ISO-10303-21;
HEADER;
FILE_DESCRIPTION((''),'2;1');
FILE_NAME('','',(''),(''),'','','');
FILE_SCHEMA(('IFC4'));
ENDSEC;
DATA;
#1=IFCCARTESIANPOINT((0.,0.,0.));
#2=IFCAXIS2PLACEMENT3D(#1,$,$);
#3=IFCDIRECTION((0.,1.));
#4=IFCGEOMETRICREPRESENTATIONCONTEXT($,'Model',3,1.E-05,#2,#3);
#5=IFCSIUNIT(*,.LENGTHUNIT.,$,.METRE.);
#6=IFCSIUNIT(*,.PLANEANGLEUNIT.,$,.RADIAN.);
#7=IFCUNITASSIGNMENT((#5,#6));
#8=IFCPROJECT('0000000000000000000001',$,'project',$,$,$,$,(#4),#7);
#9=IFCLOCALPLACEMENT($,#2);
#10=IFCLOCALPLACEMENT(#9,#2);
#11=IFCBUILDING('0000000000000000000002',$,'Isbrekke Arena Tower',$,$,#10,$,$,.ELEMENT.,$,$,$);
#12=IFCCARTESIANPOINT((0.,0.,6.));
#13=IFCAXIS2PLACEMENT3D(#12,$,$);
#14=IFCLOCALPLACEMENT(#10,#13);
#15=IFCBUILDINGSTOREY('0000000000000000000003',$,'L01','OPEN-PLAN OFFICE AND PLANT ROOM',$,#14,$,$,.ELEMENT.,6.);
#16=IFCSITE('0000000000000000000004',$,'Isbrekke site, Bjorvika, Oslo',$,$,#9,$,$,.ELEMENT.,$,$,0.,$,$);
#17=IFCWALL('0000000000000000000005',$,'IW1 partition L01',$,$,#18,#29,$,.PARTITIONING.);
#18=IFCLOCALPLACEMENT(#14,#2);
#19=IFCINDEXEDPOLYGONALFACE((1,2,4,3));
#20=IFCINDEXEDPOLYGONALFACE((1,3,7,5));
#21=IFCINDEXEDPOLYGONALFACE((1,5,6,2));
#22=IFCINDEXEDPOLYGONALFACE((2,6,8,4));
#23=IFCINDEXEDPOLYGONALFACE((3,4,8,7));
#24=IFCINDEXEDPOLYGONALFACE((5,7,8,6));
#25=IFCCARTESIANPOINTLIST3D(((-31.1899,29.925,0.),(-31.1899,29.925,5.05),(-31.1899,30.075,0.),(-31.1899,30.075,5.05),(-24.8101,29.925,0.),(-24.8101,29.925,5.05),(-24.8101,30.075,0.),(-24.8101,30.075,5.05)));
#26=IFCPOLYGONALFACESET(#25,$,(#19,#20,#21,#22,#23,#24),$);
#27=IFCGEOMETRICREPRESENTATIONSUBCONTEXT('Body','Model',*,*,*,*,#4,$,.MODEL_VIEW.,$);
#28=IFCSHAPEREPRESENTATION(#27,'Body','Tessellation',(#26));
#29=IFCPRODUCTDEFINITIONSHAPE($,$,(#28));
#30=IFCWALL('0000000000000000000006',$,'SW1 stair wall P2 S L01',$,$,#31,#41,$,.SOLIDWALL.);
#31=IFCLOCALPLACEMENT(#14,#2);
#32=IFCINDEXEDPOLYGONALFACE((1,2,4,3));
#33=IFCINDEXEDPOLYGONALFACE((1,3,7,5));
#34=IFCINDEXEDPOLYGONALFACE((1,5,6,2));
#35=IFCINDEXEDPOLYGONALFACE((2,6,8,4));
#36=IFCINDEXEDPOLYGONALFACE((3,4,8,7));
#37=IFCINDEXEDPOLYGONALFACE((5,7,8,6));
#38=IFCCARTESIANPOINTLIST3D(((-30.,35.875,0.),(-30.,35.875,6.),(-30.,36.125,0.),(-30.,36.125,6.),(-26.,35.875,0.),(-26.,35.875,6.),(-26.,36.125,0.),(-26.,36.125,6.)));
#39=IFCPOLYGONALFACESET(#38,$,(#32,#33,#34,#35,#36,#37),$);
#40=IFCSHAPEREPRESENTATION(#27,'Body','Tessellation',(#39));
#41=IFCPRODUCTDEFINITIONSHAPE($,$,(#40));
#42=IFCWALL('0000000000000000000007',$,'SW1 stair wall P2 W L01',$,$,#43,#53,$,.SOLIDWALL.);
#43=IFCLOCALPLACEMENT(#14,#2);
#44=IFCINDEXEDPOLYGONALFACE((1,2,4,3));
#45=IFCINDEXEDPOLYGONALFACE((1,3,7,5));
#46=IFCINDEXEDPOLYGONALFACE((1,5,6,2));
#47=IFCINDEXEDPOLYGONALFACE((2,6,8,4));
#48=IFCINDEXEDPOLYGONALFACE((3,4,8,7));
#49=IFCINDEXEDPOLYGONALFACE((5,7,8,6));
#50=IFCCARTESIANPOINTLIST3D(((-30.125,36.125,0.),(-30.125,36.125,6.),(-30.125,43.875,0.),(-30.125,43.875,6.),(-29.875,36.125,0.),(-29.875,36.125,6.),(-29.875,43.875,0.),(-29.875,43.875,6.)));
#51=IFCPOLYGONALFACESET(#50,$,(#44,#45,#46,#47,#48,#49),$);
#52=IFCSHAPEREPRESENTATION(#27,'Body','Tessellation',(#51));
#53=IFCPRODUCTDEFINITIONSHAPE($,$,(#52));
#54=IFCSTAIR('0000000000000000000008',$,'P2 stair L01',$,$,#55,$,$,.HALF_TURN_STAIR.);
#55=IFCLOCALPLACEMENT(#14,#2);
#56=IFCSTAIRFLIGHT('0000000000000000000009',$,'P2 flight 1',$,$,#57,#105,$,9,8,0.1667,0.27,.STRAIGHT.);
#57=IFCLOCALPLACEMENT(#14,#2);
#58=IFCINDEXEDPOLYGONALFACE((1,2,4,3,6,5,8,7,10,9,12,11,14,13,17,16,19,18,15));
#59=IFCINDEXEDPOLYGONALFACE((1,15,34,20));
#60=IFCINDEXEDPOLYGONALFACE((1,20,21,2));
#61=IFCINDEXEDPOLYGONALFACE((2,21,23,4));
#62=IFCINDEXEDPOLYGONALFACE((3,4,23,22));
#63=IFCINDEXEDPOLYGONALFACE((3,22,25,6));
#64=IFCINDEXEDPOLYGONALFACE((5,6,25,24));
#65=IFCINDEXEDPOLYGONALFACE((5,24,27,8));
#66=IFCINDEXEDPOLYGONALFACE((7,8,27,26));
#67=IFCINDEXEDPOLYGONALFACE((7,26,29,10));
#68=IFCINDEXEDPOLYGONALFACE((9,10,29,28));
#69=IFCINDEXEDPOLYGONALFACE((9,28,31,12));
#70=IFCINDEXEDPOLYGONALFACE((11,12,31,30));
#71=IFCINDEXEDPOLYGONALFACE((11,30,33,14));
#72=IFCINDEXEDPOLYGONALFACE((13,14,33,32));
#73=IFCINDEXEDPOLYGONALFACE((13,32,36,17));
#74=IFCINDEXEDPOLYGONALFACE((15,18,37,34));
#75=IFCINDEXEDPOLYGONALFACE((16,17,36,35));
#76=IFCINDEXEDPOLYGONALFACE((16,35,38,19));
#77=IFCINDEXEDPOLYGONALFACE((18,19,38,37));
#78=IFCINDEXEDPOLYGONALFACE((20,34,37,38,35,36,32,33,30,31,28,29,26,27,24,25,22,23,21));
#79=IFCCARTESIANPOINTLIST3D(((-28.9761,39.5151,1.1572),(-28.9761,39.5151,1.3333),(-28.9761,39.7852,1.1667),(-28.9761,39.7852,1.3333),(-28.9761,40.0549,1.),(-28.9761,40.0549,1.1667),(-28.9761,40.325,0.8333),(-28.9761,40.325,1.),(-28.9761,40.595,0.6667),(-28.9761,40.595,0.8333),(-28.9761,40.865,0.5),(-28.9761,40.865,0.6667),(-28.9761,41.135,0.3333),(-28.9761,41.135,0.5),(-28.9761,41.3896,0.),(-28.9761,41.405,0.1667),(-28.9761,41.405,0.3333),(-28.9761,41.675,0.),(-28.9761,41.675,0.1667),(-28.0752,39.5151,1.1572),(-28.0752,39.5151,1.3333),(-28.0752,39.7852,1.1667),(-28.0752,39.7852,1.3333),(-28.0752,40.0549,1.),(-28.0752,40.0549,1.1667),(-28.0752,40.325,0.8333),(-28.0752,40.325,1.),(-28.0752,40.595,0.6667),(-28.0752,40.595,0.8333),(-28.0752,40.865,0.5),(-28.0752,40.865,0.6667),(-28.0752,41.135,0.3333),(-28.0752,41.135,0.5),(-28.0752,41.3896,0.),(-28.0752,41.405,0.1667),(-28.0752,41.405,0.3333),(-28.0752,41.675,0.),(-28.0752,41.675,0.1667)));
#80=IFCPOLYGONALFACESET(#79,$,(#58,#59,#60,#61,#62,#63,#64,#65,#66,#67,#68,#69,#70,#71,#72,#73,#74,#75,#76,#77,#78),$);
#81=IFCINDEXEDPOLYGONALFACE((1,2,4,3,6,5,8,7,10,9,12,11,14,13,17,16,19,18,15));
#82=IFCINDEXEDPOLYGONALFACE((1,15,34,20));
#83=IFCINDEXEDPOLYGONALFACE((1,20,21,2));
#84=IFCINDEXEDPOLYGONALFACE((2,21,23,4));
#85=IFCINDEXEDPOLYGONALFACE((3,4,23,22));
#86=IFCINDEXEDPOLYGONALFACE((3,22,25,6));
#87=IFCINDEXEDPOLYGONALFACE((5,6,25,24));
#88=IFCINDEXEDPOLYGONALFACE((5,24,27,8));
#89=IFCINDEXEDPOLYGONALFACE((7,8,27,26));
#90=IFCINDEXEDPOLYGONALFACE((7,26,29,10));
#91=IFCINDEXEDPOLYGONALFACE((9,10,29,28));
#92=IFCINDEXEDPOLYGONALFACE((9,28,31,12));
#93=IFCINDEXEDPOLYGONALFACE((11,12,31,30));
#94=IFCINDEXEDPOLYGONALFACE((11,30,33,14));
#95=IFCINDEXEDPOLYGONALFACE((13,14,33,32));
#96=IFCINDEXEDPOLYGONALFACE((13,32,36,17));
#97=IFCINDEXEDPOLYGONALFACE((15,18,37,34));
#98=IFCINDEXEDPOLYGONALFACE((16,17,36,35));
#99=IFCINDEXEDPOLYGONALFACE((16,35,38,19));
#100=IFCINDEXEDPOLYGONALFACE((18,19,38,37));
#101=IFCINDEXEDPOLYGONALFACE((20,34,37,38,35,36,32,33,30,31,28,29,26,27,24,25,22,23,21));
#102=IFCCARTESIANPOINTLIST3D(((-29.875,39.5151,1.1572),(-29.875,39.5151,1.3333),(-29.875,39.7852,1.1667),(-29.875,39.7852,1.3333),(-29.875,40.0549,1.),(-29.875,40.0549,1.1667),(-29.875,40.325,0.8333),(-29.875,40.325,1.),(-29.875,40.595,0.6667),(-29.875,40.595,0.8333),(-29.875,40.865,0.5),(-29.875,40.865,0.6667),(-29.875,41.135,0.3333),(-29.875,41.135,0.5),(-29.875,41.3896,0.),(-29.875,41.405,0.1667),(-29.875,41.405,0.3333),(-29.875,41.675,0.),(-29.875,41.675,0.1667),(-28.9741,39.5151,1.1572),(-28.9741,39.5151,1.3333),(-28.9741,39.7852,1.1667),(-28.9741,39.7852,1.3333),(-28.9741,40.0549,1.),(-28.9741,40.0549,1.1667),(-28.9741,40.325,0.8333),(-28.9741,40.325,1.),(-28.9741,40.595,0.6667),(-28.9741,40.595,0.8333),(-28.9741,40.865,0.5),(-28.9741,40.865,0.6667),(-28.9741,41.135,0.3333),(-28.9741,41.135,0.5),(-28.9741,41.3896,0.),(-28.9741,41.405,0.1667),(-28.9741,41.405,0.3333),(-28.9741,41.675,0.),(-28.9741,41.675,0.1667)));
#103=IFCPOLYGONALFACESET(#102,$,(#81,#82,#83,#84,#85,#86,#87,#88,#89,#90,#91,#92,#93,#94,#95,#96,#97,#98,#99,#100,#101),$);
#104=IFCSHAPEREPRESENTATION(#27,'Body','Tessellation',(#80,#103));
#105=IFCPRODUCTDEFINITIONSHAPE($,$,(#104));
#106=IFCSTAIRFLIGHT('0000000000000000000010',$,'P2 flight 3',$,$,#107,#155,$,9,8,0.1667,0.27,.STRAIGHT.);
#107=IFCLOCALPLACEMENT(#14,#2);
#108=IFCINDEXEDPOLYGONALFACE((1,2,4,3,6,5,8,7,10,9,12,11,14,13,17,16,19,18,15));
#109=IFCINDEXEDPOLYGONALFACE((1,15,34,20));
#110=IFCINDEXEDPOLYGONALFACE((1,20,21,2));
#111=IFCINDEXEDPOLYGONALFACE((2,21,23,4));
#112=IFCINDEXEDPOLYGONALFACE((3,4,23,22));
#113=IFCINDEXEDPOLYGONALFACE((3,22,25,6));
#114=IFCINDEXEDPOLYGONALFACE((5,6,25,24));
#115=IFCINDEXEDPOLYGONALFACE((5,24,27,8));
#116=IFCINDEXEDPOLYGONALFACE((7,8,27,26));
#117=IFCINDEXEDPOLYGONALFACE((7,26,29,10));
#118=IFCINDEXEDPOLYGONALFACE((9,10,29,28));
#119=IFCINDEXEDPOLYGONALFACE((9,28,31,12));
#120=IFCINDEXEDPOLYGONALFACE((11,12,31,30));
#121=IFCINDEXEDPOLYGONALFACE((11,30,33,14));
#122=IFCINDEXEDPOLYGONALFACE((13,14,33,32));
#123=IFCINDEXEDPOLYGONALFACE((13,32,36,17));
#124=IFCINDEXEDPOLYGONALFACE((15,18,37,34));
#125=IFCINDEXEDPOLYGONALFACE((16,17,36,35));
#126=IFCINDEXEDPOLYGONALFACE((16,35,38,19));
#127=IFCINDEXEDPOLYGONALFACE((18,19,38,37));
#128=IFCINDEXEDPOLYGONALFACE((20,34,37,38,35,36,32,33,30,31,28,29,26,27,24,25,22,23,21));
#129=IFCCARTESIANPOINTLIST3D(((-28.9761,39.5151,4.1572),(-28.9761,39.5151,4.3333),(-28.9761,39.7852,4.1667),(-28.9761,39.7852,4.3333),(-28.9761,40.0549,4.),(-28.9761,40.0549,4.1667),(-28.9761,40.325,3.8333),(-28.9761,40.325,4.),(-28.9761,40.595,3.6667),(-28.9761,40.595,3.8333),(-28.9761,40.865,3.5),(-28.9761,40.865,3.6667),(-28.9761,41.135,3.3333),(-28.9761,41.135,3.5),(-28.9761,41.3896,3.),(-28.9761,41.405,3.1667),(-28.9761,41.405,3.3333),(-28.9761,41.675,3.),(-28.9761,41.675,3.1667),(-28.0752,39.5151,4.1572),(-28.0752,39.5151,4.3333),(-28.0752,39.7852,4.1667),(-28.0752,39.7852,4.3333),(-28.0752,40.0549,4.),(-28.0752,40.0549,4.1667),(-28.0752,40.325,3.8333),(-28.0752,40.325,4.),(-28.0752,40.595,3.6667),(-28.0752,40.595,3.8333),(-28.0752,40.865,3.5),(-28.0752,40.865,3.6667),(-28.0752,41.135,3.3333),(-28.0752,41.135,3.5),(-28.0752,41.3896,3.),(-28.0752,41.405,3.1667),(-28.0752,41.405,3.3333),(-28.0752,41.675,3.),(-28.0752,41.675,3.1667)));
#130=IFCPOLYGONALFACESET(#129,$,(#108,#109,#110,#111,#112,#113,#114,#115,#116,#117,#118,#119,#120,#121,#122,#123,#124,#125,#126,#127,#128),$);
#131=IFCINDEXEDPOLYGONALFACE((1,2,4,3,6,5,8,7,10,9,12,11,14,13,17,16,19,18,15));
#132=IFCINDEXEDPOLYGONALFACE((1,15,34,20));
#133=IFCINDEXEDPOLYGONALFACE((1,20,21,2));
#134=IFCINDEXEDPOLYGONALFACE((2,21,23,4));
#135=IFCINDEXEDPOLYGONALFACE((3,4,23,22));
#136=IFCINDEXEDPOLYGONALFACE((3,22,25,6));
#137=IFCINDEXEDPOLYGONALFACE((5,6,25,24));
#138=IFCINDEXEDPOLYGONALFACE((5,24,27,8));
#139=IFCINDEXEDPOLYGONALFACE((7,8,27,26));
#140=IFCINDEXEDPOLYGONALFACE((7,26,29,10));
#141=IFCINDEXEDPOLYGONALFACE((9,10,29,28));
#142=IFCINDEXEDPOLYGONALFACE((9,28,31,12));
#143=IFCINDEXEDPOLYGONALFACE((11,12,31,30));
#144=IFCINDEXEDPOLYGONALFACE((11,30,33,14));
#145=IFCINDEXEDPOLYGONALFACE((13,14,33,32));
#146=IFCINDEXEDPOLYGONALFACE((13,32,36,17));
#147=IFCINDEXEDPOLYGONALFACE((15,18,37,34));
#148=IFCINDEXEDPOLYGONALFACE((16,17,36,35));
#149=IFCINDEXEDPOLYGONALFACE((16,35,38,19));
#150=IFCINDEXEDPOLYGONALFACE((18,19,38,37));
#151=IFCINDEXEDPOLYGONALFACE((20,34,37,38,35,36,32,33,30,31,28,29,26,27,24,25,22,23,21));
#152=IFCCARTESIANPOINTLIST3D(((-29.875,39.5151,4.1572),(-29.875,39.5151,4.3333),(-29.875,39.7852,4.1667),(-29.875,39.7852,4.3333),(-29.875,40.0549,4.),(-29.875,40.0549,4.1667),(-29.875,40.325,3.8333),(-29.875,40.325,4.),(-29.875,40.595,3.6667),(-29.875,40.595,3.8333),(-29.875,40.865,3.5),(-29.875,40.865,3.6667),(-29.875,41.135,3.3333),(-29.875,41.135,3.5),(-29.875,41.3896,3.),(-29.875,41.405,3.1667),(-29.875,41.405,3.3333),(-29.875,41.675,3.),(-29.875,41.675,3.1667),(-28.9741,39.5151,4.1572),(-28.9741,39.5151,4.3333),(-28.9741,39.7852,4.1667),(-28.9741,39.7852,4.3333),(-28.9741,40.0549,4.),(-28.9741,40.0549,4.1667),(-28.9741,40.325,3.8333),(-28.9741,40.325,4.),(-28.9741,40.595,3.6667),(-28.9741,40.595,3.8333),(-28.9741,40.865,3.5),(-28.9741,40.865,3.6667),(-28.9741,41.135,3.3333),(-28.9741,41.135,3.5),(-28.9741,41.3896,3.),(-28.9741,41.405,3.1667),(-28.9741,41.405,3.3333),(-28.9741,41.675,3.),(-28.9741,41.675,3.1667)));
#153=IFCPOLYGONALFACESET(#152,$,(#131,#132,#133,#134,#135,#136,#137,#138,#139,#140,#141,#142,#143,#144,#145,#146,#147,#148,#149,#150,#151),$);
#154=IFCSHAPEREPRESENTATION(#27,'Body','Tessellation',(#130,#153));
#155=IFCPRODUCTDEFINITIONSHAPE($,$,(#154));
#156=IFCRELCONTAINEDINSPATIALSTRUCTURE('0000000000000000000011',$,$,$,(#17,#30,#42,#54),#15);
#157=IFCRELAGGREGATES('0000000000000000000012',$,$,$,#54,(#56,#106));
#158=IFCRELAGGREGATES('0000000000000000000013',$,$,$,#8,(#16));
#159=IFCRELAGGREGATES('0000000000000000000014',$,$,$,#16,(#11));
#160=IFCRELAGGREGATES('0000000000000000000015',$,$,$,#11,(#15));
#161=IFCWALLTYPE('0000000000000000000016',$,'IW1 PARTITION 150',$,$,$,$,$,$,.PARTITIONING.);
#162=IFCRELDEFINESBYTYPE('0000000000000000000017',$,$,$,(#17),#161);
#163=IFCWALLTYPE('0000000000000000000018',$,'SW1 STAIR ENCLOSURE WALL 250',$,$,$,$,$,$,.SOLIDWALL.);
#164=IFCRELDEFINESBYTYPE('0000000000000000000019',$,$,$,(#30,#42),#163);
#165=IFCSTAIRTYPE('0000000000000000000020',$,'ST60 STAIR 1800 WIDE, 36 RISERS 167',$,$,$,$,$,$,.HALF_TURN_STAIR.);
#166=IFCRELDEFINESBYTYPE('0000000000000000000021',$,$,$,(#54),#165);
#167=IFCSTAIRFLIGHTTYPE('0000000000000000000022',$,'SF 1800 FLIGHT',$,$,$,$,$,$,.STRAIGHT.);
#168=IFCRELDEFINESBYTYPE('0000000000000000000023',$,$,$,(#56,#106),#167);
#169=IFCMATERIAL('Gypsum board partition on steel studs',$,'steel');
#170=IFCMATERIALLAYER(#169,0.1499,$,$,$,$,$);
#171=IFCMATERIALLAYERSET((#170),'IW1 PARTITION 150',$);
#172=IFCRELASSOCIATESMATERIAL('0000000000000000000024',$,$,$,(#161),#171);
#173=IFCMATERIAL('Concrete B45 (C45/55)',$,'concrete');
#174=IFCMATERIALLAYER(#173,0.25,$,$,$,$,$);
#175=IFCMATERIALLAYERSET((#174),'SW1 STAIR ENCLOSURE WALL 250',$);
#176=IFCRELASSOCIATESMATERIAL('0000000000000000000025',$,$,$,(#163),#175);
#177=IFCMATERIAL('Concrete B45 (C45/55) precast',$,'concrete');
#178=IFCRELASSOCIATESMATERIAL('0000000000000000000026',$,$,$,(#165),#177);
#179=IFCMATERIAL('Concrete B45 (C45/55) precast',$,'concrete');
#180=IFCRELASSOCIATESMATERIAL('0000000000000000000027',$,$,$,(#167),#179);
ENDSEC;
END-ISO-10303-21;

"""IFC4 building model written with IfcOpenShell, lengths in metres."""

from ifc_helpers import new_model, si_unit, direction, frame, frame_2d, origin, place, context, subcontext, project, spatial, polyline, rectangle, outline, extrude, material, layer, layer_set, type_object, element, aggregate, save


model = new_model("IFC4")

# Units and contexts
model_context = context("Model", 3, precision=1e-05, world=origin(), true_north=direction((0.0, 1.0)))
body_context = subcontext(model_context, "Body", "Model", "MODEL_VIEW")
ifc_project = project(units=[si_unit("LENGTHUNIT", "METRE"), si_unit("PLANEANGLEUNIT", "RADIAN")], contexts=[model_context])

# Site, building, storey
site_placement = place(None, origin())
site = spatial("IfcSite", under=ifc_project, at=site_placement, Name="Isbrekke site, Bjorvika, Oslo", CompositionType="ELEMENT", RefElevation=0.0)
building_placement = place(site_placement, origin())
building = spatial("IfcBuilding", under=site, at=building_placement, Name="Isbrekke Arena Tower", CompositionType="ELEMENT")
storey_placement = place(building_placement, frame((0.0, 0.0, 6.0)))
storey = spatial("IfcBuildingStorey", under=building, at=storey_placement, Name="L01", Description="OPEN-PLAN OFFICE AND PLANT ROOM", CompositionType="ELEMENT", Elevation=6.0)

# Shared definitions
ifc_material_1 = material(Name="Gypsum board partition on steel studs", Category="steel")
ifc_layer_1 = layer(ifc_material_1, 0.1499)
ifc_layer_set_1 = layer_set([ifc_layer_1], Name="IW1 PARTITION 150")
wall_type_1 = type_object("IfcWallType", Name="IW1 PARTITION 150", PredefinedType="PARTITIONING", material=ifc_layer_set_1)

# Walls
wall_1_placement = place(storey_placement, frame((-31.1899, 30.0, 0.0), z_axis=(0.0, 0.0, 1.0), x_axis=(1.0, 0.0, 0.0)))
element("IfcWall", 1, at=wall_1_placement, inside=storey, type_object=wall_type_1, Name="IW1 partition L01", PredefinedType="PARTITIONING", context=body_context, shape_type="SweptSolid", body=[
    extrude(rectangle(XDim=6.3799, YDim=0.1499, at=frame_2d((3.1899, 0.0))), origin(), (0.0, 0.0, 1.0), 5.05),
])
ifc_material_2 = material(Name="Concrete B45 (C45/55)", Category="concrete")
ifc_layer_2 = layer(ifc_material_2, 0.25)
ifc_layer_set_2 = layer_set([ifc_layer_2], Name="SW1 STAIR ENCLOSURE WALL 250")
wall_type_2 = type_object("IfcWallType", Name="SW1 STAIR ENCLOSURE WALL 250", PredefinedType="SOLIDWALL", material=ifc_layer_set_2)
wall_2_placement = place(storey_placement, frame((-30.0, 36.0, 0.0), z_axis=(0.0, 0.0, 1.0), x_axis=(1.0, 0.0, 0.0)))
element("IfcWall", 2, at=wall_2_placement, inside=storey, type_object=wall_type_2, Name="SW1 stair wall P2 S L01", PredefinedType="SOLIDWALL", context=body_context, shape_type="SweptSolid", body=[
    extrude(rectangle(XDim=4.0, YDim=0.25, at=frame_2d((2.0, 0.0))), origin(), (0.0, 0.0, 1.0), 6.0),
])
wall_3_placement = place(storey_placement, frame((-30.0, 43.875, 0.0), z_axis=(0.0, 0.0, 1.0), x_axis=(0.0, -1.0, 0.0)))
element("IfcWall", 3, at=wall_3_placement, inside=storey, type_object=wall_type_2, Name="SW1 stair wall P2 W L01", PredefinedType="SOLIDWALL", context=body_context, shape_type="SweptSolid", body=[
    extrude(rectangle(XDim=7.75, YDim=0.25, at=frame_2d((3.875, 0.0))), origin(), (0.0, 0.0, 1.0), 6.0),
])

# Stair, stair flights
ifc_material_3 = material(Name="Concrete B45 (C45/55) precast", Category="concrete")
stair_type = type_object("IfcStairType", Name="ST60 STAIR 1800 WIDE, 36 RISERS 167", PredefinedType="HALF_TURN_STAIR", material=ifc_material_3)
stair_placement = place(storey_placement, origin())
stair = element("IfcStair", 4, at=stair_placement, inside=storey, type_object=stair_type, Name="P2 stair L01", PredefinedType="HALF_TURN_STAIR")
ifc_material_4 = material(Name="Concrete B45 (C45/55) precast", Category="concrete")
stair_flight_type = type_object("IfcStairFlightType", Name="SF 1800 FLIGHT", PredefinedType="STRAIGHT", material=ifc_material_4)
stair_flight_1_placement = place(storey_placement, frame((-28.9751, 41.675, 0.0), z_axis=(0.0, 0.0, 1.0), x_axis=(0.0, -1.0, 0.0)))
stair_flight_1 = element("IfcStairFlight", 5, at=stair_flight_1_placement, type_object=stair_flight_type, Name="P2 flight 1", NumberOfRisers=9, NumberOfTreads=8, PredefinedType="STRAIGHT", RiserHeight=0.1667, TreadLength=0.27, context=body_context, shape_type="SweptSolid", body=[
    extrude(outline(polyline([(0.0, 0.0), (0.0, 0.1667), (0.27, 0.1667), (0.27, 0.3333), (0.54, 0.3333), (0.54, 0.5), (0.8101, 0.5), (0.8101, 0.6667), (1.0801, 0.6667), (1.0801, 0.8333), (1.3501, 0.8333), (1.3501, 1.0), (1.6201, 1.0), (1.6201, 1.1667), (1.8899, 1.1667), (1.8899, 1.3333), (2.1599, 1.3333), (2.1599, 1.5), (2.1599, 1.1572), (0.2854, 0.0), (0.0, 0.0)])), frame((0.0, 0.8999, 0.0), z_axis=(0.0, -1.0, 0.0), x_axis=(1.0, 0.0, 0.0)), (0.0, 0.0, 1.0), 0.9009),
    extrude(outline(polyline([(0.0, 0.0), (0.0, 0.1667), (0.27, 0.1667), (0.27, 0.3333), (0.54, 0.3333), (0.54, 0.5), (0.8101, 0.5), (0.8101, 0.6667), (1.0801, 0.6667), (1.0801, 0.8333), (1.3501, 0.8333), (1.3501, 1.0), (1.6201, 1.0), (1.6201, 1.1667), (1.8899, 1.1667), (1.8899, 1.3333), (2.1599, 1.3333), (2.1599, 1.5), (2.1599, 1.1572), (0.2854, 0.0), (0.0, 0.0)])), frame((0.0, 0.001, 0.0), z_axis=(0.0, -1.0, 0.0), x_axis=(1.0, 0.0, 0.0)), (0.0, 0.0, 1.0), 0.9009),
])
stair_flight_2_placement = place(storey_placement, frame((-28.9751, 41.675, 3.0), z_axis=(0.0, 0.0, 1.0), x_axis=(0.0, -1.0, 0.0)))
stair_flight_2 = element("IfcStairFlight", 6, at=stair_flight_2_placement, type_object=stair_flight_type, Name="P2 flight 3", NumberOfRisers=9, NumberOfTreads=8, PredefinedType="STRAIGHT", RiserHeight=0.1667, TreadLength=0.27, context=body_context, shape_type="SweptSolid", body=[
    extrude(outline(polyline([(0.0, 0.0), (0.0, 0.1667), (0.27, 0.1667), (0.27, 0.3333), (0.54, 0.3333), (0.54, 0.5), (0.8101, 0.5), (0.8101, 0.6667), (1.0801, 0.6667), (1.0801, 0.8333), (1.3501, 0.8333), (1.3501, 1.0), (1.6201, 1.0), (1.6201, 1.1667), (1.8899, 1.1667), (1.8899, 1.3333), (2.1599, 1.3333), (2.1599, 1.5), (2.1599, 1.1572), (0.2854, 0.0), (0.0, 0.0)])), frame((0.0, 0.8999, 0.0), z_axis=(0.0, -1.0, 0.0), x_axis=(1.0, 0.0, 0.0)), (0.0, 0.0, 1.0), 0.9009),
    extrude(outline(polyline([(0.0, 0.0), (0.0, 0.1667), (0.27, 0.1667), (0.27, 0.3333), (0.54, 0.3333), (0.54, 0.5), (0.8101, 0.5), (0.8101, 0.6667), (1.0801, 0.6667), (1.0801, 0.8333), (1.3501, 0.8333), (1.3501, 1.0), (1.6201, 1.0), (1.6201, 1.1667), (1.8899, 1.1667), (1.8899, 1.3333), (2.1599, 1.3333), (2.1599, 1.5), (2.1599, 1.1572), (0.2854, 0.0), (0.0, 0.0)])), frame((0.0, 0.001, 0.0), z_axis=(0.0, -1.0, 0.0), x_axis=(1.0, 0.0, 0.0)), (0.0, 0.0, 1.0), 0.9009),
])
aggregate(stair, [stair_flight_1, stair_flight_2])

save(model, "model.ifc")
